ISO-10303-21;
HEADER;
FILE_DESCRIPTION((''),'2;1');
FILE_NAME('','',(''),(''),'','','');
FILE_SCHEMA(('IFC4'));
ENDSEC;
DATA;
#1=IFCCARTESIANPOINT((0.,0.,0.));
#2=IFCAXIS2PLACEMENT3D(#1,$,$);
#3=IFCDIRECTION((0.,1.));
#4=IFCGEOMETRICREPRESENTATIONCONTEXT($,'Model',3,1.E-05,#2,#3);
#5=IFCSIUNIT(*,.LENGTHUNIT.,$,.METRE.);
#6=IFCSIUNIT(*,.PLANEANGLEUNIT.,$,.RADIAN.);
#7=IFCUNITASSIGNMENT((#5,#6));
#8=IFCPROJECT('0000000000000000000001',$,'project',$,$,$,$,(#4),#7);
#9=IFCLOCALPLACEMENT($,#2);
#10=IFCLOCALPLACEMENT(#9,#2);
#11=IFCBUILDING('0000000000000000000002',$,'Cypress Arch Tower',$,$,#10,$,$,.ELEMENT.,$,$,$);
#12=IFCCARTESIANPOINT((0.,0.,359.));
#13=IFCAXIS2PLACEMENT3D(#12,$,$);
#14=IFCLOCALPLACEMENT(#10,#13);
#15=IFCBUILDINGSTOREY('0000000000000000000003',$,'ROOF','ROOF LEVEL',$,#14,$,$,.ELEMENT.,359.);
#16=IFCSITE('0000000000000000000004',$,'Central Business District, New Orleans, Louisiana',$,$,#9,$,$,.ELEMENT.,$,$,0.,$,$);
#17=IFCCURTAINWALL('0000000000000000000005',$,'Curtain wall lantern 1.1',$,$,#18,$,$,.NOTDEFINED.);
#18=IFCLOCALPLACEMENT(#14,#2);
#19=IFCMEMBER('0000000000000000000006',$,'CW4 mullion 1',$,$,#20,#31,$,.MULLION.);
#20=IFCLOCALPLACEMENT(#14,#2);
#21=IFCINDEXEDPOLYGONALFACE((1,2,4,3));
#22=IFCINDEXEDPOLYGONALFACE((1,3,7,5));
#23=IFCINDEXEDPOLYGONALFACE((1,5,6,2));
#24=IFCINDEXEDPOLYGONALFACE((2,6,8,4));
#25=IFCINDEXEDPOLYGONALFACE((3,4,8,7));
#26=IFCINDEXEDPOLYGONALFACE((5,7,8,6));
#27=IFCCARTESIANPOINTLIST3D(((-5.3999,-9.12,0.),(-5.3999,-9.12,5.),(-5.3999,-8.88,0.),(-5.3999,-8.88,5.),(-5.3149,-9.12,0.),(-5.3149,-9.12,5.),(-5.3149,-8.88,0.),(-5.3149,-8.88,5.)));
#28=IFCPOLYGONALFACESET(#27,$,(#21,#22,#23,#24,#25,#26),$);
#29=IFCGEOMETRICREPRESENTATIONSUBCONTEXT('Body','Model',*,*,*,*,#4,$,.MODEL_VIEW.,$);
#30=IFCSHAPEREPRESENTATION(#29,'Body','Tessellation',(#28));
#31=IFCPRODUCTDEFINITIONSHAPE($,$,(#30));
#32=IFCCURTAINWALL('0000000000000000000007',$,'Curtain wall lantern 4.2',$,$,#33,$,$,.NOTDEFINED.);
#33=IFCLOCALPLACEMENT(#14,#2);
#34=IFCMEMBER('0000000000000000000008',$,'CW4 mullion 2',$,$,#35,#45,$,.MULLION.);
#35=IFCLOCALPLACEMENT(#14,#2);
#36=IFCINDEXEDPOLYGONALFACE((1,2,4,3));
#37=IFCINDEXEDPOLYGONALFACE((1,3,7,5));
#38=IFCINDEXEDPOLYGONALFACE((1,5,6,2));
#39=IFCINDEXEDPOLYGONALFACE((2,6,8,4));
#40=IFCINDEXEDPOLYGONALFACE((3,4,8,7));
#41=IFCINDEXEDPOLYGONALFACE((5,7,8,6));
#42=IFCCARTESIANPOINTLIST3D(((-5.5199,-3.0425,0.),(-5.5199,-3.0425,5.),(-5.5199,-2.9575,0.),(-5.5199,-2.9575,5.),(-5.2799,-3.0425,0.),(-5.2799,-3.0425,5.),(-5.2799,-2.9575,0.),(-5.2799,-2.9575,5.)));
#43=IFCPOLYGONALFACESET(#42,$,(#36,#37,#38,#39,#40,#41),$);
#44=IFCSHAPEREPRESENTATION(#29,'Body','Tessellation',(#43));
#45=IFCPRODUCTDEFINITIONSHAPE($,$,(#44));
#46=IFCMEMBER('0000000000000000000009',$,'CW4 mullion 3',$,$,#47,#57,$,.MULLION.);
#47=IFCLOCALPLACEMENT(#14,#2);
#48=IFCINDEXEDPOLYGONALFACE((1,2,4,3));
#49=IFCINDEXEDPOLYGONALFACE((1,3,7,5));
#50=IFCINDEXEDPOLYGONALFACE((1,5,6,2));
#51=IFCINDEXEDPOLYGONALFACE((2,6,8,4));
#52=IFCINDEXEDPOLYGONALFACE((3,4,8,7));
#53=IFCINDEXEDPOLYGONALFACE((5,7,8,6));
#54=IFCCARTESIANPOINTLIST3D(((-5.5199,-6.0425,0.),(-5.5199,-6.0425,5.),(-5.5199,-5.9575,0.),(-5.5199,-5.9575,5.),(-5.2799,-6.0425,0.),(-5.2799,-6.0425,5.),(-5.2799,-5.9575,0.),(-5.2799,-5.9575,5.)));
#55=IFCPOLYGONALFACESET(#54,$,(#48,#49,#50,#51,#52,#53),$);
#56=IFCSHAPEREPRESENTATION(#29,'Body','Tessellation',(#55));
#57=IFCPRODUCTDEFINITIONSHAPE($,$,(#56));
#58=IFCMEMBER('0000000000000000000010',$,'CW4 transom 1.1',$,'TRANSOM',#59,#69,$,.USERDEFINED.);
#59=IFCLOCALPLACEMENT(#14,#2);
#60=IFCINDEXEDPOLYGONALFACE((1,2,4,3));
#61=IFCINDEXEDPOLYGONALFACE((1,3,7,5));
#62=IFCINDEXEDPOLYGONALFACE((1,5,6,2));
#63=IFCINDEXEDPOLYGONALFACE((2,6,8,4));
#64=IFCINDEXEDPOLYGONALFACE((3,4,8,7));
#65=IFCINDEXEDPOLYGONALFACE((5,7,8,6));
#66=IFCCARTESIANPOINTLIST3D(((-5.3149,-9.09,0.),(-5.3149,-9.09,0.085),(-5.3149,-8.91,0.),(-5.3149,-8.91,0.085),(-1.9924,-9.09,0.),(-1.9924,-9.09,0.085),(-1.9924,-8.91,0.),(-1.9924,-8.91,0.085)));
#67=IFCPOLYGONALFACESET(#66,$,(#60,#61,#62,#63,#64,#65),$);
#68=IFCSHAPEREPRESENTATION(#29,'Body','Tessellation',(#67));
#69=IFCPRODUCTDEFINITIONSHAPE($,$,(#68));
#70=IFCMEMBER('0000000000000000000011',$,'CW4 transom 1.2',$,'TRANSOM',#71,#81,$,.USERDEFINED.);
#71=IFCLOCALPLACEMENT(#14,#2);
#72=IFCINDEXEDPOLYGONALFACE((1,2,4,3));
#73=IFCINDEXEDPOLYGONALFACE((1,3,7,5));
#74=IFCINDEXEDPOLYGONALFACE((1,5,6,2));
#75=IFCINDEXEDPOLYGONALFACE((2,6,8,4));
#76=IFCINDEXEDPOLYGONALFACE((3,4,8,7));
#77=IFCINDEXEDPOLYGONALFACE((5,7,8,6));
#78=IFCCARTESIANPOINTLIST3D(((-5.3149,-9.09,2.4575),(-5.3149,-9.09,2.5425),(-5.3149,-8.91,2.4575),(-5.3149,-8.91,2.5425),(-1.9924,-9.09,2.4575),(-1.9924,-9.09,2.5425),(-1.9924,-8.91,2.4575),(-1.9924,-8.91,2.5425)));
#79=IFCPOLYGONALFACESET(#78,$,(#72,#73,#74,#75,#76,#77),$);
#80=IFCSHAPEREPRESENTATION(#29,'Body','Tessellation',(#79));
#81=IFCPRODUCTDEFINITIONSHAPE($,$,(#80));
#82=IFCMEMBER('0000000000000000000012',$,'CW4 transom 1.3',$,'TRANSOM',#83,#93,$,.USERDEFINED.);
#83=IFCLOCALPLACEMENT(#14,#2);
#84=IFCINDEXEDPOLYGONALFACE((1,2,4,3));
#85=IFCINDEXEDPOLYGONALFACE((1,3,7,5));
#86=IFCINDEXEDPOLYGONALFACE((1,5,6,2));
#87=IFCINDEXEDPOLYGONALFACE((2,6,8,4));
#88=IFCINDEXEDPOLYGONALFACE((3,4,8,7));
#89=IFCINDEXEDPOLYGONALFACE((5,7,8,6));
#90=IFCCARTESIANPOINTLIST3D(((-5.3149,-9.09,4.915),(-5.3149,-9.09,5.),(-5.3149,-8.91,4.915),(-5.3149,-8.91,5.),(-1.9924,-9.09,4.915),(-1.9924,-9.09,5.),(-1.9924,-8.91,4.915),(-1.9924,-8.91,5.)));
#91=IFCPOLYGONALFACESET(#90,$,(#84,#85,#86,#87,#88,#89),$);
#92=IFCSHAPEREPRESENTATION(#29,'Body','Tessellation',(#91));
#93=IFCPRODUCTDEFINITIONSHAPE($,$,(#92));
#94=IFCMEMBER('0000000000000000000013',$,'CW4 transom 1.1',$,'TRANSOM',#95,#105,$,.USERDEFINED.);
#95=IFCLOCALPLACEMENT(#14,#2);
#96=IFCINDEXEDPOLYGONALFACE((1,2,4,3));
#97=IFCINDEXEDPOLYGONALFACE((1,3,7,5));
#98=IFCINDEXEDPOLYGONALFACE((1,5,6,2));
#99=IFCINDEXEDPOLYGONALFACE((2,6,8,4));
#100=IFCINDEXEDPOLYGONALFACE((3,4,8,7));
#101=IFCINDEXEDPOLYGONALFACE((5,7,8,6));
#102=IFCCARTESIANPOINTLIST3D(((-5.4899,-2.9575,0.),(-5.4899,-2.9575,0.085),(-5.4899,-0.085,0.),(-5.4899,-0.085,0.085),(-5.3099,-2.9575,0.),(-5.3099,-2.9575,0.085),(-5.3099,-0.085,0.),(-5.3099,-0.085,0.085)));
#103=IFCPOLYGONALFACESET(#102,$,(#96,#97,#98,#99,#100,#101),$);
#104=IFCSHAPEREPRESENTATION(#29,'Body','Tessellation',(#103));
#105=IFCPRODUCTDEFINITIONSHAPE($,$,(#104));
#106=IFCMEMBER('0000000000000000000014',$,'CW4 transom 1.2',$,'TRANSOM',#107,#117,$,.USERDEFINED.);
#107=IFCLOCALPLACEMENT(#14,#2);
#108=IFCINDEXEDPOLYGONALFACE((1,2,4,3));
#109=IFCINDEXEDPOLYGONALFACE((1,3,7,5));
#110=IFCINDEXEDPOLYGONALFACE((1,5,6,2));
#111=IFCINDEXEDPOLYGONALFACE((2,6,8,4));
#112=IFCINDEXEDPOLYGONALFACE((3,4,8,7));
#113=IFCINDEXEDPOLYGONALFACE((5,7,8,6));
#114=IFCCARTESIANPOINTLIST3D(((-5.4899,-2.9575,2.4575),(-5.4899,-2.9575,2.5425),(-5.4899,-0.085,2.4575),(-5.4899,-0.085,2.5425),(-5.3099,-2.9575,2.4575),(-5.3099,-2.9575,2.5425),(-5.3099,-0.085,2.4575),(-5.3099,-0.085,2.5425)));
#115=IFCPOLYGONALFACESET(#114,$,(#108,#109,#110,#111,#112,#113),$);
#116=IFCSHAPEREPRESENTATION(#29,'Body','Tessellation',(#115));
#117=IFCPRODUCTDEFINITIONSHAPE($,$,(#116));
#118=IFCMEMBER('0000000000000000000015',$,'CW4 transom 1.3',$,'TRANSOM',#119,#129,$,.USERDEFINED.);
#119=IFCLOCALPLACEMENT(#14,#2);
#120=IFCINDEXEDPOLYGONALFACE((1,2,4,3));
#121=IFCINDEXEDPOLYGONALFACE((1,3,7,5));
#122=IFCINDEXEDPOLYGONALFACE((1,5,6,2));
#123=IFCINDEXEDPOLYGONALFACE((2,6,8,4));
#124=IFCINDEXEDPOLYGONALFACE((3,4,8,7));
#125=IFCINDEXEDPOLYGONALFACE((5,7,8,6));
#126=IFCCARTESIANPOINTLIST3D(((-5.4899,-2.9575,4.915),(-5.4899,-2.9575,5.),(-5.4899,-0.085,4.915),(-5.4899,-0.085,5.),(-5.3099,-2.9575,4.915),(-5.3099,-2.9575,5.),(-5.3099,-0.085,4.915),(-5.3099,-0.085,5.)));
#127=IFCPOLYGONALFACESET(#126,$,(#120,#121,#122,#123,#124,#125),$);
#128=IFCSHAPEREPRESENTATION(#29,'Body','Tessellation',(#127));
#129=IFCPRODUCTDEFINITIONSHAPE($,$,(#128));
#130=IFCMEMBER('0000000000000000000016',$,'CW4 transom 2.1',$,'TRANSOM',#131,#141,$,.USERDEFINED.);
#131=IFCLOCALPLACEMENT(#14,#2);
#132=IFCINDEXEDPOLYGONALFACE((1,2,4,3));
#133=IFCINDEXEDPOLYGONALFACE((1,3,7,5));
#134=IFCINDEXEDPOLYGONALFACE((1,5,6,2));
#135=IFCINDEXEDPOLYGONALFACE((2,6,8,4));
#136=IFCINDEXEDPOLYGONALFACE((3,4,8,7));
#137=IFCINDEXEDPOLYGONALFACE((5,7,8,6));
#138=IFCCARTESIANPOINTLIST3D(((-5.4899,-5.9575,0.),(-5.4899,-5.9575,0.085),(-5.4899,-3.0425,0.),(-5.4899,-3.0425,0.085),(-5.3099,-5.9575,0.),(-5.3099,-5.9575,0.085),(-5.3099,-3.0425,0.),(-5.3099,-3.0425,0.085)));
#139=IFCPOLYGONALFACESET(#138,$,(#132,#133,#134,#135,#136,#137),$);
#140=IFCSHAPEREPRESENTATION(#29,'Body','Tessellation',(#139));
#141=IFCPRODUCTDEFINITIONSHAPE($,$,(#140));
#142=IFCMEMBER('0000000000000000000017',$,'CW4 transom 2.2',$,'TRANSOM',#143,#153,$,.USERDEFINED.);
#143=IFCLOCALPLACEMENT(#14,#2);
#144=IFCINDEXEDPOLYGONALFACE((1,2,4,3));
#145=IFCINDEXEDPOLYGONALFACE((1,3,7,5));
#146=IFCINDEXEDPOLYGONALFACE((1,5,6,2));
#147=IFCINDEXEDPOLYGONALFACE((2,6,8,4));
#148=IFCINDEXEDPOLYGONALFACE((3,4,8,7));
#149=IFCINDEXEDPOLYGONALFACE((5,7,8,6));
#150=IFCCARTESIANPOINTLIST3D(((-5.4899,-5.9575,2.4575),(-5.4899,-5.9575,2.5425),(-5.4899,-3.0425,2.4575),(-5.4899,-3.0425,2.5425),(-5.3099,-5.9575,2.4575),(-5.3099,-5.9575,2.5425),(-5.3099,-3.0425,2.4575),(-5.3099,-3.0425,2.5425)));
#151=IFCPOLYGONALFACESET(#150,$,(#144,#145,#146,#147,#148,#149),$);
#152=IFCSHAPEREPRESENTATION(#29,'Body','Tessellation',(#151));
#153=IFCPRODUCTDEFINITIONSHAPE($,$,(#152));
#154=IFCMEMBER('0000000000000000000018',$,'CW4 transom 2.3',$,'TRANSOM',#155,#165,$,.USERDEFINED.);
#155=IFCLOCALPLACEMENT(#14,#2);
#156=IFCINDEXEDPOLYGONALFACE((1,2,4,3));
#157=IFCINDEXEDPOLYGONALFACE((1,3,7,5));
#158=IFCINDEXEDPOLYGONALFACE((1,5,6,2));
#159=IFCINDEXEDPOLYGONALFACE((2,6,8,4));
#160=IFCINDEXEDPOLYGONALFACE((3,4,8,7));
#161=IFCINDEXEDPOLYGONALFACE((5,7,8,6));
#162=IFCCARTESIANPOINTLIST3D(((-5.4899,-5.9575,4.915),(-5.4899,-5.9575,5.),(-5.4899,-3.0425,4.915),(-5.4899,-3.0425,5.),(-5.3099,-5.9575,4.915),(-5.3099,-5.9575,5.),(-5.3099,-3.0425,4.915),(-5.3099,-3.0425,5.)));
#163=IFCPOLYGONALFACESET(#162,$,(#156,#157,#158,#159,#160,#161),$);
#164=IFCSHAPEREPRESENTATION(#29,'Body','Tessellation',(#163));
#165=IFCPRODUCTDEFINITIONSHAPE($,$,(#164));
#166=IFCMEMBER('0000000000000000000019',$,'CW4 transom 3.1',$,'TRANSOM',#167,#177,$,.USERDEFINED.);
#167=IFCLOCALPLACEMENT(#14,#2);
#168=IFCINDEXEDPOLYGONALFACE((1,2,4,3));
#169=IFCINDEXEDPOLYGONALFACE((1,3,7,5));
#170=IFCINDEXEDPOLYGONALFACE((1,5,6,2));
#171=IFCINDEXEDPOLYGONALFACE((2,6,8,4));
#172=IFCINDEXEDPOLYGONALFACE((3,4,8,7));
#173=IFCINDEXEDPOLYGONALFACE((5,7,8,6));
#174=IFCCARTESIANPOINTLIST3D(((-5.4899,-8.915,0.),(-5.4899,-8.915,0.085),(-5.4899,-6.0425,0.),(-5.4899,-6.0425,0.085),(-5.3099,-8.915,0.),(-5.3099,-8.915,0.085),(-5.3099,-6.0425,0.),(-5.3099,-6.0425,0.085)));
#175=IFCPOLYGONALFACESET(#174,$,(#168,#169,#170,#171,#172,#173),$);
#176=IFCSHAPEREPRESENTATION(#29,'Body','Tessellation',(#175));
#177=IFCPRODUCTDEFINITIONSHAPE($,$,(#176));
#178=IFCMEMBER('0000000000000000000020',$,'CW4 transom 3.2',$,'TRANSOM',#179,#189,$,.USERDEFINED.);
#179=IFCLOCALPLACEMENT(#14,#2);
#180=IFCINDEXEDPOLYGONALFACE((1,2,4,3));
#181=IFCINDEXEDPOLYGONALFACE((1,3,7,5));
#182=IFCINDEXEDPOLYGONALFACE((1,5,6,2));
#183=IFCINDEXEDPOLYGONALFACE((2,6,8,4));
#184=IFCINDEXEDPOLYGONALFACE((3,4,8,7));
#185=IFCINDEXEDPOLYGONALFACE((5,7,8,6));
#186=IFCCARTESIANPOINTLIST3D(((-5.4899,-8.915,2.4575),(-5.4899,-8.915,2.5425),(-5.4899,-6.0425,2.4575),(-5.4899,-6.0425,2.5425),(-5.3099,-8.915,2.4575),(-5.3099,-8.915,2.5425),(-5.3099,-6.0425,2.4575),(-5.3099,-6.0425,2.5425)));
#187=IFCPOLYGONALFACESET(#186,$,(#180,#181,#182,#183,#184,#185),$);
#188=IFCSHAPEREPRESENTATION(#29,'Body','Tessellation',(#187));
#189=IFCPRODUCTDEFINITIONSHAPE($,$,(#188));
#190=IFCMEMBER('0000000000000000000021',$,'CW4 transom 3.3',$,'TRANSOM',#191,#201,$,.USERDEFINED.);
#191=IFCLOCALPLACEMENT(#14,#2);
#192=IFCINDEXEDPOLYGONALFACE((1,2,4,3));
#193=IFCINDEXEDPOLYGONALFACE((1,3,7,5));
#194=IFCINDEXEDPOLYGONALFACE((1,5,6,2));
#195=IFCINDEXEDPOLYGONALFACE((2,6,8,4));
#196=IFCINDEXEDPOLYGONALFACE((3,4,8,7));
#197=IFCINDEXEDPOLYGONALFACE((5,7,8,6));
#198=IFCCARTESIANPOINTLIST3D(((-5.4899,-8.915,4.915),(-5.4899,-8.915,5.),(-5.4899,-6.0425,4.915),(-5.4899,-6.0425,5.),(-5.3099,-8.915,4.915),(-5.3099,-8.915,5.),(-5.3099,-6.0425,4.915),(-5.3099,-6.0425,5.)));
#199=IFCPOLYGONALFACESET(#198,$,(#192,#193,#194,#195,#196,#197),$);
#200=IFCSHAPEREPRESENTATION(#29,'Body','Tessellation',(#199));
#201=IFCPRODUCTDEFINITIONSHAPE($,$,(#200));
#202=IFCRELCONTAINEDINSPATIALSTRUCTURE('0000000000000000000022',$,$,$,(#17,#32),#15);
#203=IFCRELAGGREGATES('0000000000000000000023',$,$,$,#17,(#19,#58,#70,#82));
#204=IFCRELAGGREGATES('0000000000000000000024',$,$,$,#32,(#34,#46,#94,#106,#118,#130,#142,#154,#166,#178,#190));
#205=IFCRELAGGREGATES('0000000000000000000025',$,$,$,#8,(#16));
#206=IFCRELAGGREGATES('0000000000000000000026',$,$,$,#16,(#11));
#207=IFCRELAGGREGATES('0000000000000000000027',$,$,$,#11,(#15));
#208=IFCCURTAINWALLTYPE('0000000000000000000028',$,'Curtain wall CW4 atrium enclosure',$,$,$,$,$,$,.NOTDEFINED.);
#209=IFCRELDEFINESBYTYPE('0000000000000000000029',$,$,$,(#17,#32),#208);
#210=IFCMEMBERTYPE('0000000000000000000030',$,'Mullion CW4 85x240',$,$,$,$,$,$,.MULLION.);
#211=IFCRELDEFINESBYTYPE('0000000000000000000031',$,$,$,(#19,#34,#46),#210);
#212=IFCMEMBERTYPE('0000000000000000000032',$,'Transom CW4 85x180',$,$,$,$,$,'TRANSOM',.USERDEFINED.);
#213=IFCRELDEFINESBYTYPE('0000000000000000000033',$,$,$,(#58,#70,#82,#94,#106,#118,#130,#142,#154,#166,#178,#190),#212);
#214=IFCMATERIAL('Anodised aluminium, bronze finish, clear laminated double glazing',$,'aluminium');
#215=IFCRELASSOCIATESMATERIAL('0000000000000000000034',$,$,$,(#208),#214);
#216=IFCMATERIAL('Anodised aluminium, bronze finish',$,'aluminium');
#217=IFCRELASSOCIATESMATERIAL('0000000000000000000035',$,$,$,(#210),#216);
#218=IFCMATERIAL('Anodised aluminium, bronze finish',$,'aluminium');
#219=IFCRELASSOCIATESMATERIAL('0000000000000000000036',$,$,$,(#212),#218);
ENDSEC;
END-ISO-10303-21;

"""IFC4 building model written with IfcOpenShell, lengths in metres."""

from ifc_helpers import new_model, si_unit, direction, frame, origin, origin_2d, place, context, subcontext, project, spatial, rectangle, extrude, material, material_profile, profile_set, type_object, element, aggregate, save


model = new_model("IFC4")

# Units and contexts
model_context = context("Model", 3, precision=1e-05, world=origin(), true_north=direction((0.0, 1.0)))
body_context = subcontext(model_context, "Body", "Model", "MODEL_VIEW")
ifc_project = project(units=[si_unit("LENGTHUNIT", "METRE"), si_unit("PLANEANGLEUNIT", "RADIAN")], contexts=[model_context])

# Site, building, storey
site_placement = place(None, origin())
site = spatial("IfcSite", under=ifc_project, at=site_placement, Name="Central Business District, New Orleans, Louisiana", CompositionType="ELEMENT", RefElevation=0.0)
building_placement = place(site_placement, origin())
building = spatial("IfcBuilding", under=site, at=building_placement, Name="Cypress Arch Tower", CompositionType="ELEMENT")
storey_placement = place(building_placement, frame((0.0, 0.0, 359.0)))
storey = spatial("IfcBuildingStorey", under=building, at=storey_placement, Name="ROOF", Description="ROOF LEVEL", CompositionType="ELEMENT", Elevation=359.0)

# Curtain wall, member
ifc_material_1 = material(Name="Anodised aluminium, bronze finish, clear laminated double glazing", Category="aluminium")
curtain_wall_type = type_object("IfcCurtainWallType", Name="Curtain wall CW4 atrium enclosure", PredefinedType="NOTDEFINED", material=ifc_material_1)
curtain_wall_1_placement = place(storey_placement, origin())
curtain_wall_1 = element("IfcCurtainWall", 1, at=curtain_wall_1_placement, inside=storey, type_object=curtain_wall_type, Name="Curtain wall lantern 1.1", PredefinedType="NOTDEFINED")
ifc_material_2 = material(Name="Anodised aluminium, bronze finish", Category="aluminium")
ifc_material_profile_1 = material_profile(ifc_material_2, rectangle(XDim=0.24, YDim=0.085, at=origin_2d()), Name="Mullion 85x240")
ifc_profile_set_1 = profile_set([ifc_material_profile_1], Name="Anodised aluminium, bronze finish")
member_type_1 = type_object("IfcMemberType", Name="Mullion CW4 85x240", PredefinedType="MULLION", material=ifc_profile_set_1)
member_1_placement = place(storey_placement, frame((-5.3574, -9.0, 0.0), z_axis=(0.0, 0.0, 1.0), x_axis=(0.0, 1.0, 0.0)))
member_1 = element("IfcMember", 2, at=member_1_placement, type_object=member_type_1, Name="CW4 mullion 1", PredefinedType="MULLION", context=body_context, shape_type="SweptSolid", body=[
    extrude(rectangle(XDim=0.24, YDim=0.085, at=origin_2d()), origin(), (0.0, 0.0, 1.0), 5.0),
])

# Curtain wall, members
curtain_wall_2_placement = place(storey_placement, origin())
curtain_wall_2 = element("IfcCurtainWall", 3, at=curtain_wall_2_placement, inside=storey, type_object=curtain_wall_type, Name="Curtain wall lantern 4.2", PredefinedType="NOTDEFINED")
member_2_placement = place(storey_placement, frame((-5.3999, -3.0, 0.0), z_axis=(0.0, 0.0, 1.0), x_axis=(1.0, 0.0, 0.0)))
member_2 = element("IfcMember", 4, at=member_2_placement, type_object=member_type_1, Name="CW4 mullion 2", PredefinedType="MULLION", context=body_context, shape_type="SweptSolid", body=[
    extrude(rectangle(XDim=0.24, YDim=0.085, at=origin_2d()), origin(), (0.0, 0.0, 1.0), 5.0),
])
member_3_placement = place(storey_placement, frame((-5.3999, -6.0, 0.0), z_axis=(0.0, 0.0, 1.0), x_axis=(1.0, 0.0, 0.0)))
member_3 = element("IfcMember", 5, at=member_3_placement, type_object=member_type_1, Name="CW4 mullion 3", PredefinedType="MULLION", context=body_context, shape_type="SweptSolid", body=[
    extrude(rectangle(XDim=0.24, YDim=0.085, at=origin_2d()), origin(), (0.0, 0.0, 1.0), 5.0),
])

# Members
ifc_material_3 = material(Name="Anodised aluminium, bronze finish", Category="aluminium")
ifc_material_profile_2 = material_profile(ifc_material_3, rectangle(XDim=0.1799, YDim=0.085, at=origin_2d()), Name="Transom 85x180")
ifc_profile_set_2 = profile_set([ifc_material_profile_2], Name="Anodised aluminium, bronze finish")
member_type_2 = type_object("IfcMemberType", Name="Transom CW4 85x180", ElementType="TRANSOM", PredefinedType="USERDEFINED", material=ifc_profile_set_2)
member_4_placement = place(storey_placement, frame((-5.3149, -9.0, 0.0425), z_axis=(1.0, 0.0, 0.0), x_axis=(0.0, 1.0, 0.0)))
member_4 = element("IfcMember", 6, at=member_4_placement, type_object=member_type_2, Name="CW4 transom 1.1", ObjectType="TRANSOM", PredefinedType="USERDEFINED", context=body_context, shape_type="SweptSolid", body=[
    extrude(rectangle(XDim=0.1799, YDim=0.085, at=origin_2d()), origin(), (0.0, 0.0, 1.0), 3.3225),
])
member_5_placement = place(storey_placement, frame((-5.3149, -9.0, 2.5), z_axis=(1.0, 0.0, 0.0), x_axis=(0.0, 1.0, 0.0)))
member_5 = element("IfcMember", 7, at=member_5_placement, type_object=member_type_2, Name="CW4 transom 1.2", ObjectType="TRANSOM", PredefinedType="USERDEFINED", context=body_context, shape_type="SweptSolid", body=[
    extrude(rectangle(XDim=0.1799, YDim=0.085, at=origin_2d()), origin(), (0.0, 0.0, 1.0), 3.3225),
])
member_6_placement = place(storey_placement, frame((-5.3149, -9.0, 4.9575), z_axis=(1.0, 0.0, 0.0), x_axis=(0.0, 1.0, 0.0)))
member_6 = element("IfcMember", 8, at=member_6_placement, type_object=member_type_2, Name="CW4 transom 1.3", ObjectType="TRANSOM", PredefinedType="USERDEFINED", context=body_context, shape_type="SweptSolid", body=[
    extrude(rectangle(XDim=0.1799, YDim=0.085, at=origin_2d()), origin(), (0.0, 0.0, 1.0), 3.3225),
])
member_7_placement = place(storey_placement, frame((-5.3999, -0.085, 0.0425), z_axis=(0.0, -1.0, 0.0), x_axis=(1.0, 0.0, 0.0)))
member_7 = element("IfcMember", 9, at=member_7_placement, type_object=member_type_2, Name="CW4 transom 1.1", ObjectType="TRANSOM", PredefinedType="USERDEFINED", context=body_context, shape_type="SweptSolid", body=[
    extrude(rectangle(XDim=0.1799, YDim=0.085, at=origin_2d()), origin(), (0.0, 0.0, 1.0), 2.8726),
])
member_8_placement = place(storey_placement, frame((-5.3999, -0.085, 2.5), z_axis=(0.0, -1.0, 0.0), x_axis=(1.0, 0.0, 0.0)))
member_8 = element("IfcMember", 10, at=member_8_placement, type_object=member_type_2, Name="CW4 transom 1.2", ObjectType="TRANSOM", PredefinedType="USERDEFINED", context=body_context, shape_type="SweptSolid", body=[
    extrude(rectangle(XDim=0.1799, YDim=0.085, at=origin_2d()), origin(), (0.0, 0.0, 1.0), 2.8726),
])
member_9_placement = place(storey_placement, frame((-5.3999, -0.085, 4.9575), z_axis=(0.0, -1.0, 0.0), x_axis=(1.0, 0.0, 0.0)))
member_9 = element("IfcMember", 11, at=member_9_placement, type_object=member_type_2, Name="CW4 transom 1.3", ObjectType="TRANSOM", PredefinedType="USERDEFINED", context=body_context, shape_type="SweptSolid", body=[
    extrude(rectangle(XDim=0.1799, YDim=0.085, at=origin_2d()), origin(), (0.0, 0.0, 1.0), 2.8726),
])
member_10_placement = place(storey_placement, frame((-5.3999, -3.0425, 0.0425), z_axis=(0.0, -1.0, 0.0), x_axis=(1.0, 0.0, 0.0)))
member_10 = element("IfcMember", 12, at=member_10_placement, type_object=member_type_2, Name="CW4 transom 2.1", ObjectType="TRANSOM", PredefinedType="USERDEFINED", context=body_context, shape_type="SweptSolid", body=[
    extrude(rectangle(XDim=0.1799, YDim=0.085, at=origin_2d()), origin(), (0.0, 0.0, 1.0), 2.915),
])
member_11_placement = place(storey_placement, frame((-5.3999, -3.0425, 2.5), z_axis=(0.0, -1.0, 0.0), x_axis=(1.0, 0.0, 0.0)))
member_11 = element("IfcMember", 13, at=member_11_placement, type_object=member_type_2, Name="CW4 transom 2.2", ObjectType="TRANSOM", PredefinedType="USERDEFINED", context=body_context, shape_type="SweptSolid", body=[
    extrude(rectangle(XDim=0.1799, YDim=0.085, at=origin_2d()), origin(), (0.0, 0.0, 1.0), 2.915),
])
member_12_placement = place(storey_placement, frame((-5.3999, -3.0425, 4.9575), z_axis=(0.0, -1.0, 0.0), x_axis=(1.0, 0.0, 0.0)))
member_12 = element("IfcMember", 14, at=member_12_placement, type_object=member_type_2, Name="CW4 transom 2.3", ObjectType="TRANSOM", PredefinedType="USERDEFINED", context=body_context, shape_type="SweptSolid", body=[
    extrude(rectangle(XDim=0.1799, YDim=0.085, at=origin_2d()), origin(), (0.0, 0.0, 1.0), 2.915),
])
member_13_placement = place(storey_placement, frame((-5.3999, -6.0425, 0.0425), z_axis=(0.0, -1.0, 0.0), x_axis=(1.0, 0.0, 0.0)))
member_13 = element("IfcMember", 15, at=member_13_placement, type_object=member_type_2, Name="CW4 transom 3.1", ObjectType="TRANSOM", PredefinedType="USERDEFINED", context=body_context, shape_type="SweptSolid", body=[
    extrude(rectangle(XDim=0.1799, YDim=0.085, at=origin_2d()), origin(), (0.0, 0.0, 1.0), 2.8726),
])
member_14_placement = place(storey_placement, frame((-5.3999, -6.0425, 2.5), z_axis=(0.0, -1.0, 0.0), x_axis=(1.0, 0.0, 0.0)))
member_14 = element("IfcMember", 16, at=member_14_placement, type_object=member_type_2, Name="CW4 transom 3.2", ObjectType="TRANSOM", PredefinedType="USERDEFINED", context=body_context, shape_type="SweptSolid", body=[
    extrude(rectangle(XDim=0.1799, YDim=0.085, at=origin_2d()), origin(), (0.0, 0.0, 1.0), 2.8726),
])
member_15_placement = place(storey_placement, frame((-5.3999, -6.0425, 4.9575), z_axis=(0.0, -1.0, 0.0), x_axis=(1.0, 0.0, 0.0)))
member_15 = element("IfcMember", 17, at=member_15_placement, type_object=member_type_2, Name="CW4 transom 3.3", ObjectType="TRANSOM", PredefinedType="USERDEFINED", context=body_context, shape_type="SweptSolid", body=[
    extrude(rectangle(XDim=0.1799, YDim=0.085, at=origin_2d()), origin(), (0.0, 0.0, 1.0), 2.8726),
])

aggregate(curtain_wall_1, [member_1, member_4, member_5, member_6])
aggregate(curtain_wall_2, [member_2, member_3, member_7, member_8, member_9, member_10, member_11, member_12, member_13, member_14, member_15])

save(model, "model.ifc")
